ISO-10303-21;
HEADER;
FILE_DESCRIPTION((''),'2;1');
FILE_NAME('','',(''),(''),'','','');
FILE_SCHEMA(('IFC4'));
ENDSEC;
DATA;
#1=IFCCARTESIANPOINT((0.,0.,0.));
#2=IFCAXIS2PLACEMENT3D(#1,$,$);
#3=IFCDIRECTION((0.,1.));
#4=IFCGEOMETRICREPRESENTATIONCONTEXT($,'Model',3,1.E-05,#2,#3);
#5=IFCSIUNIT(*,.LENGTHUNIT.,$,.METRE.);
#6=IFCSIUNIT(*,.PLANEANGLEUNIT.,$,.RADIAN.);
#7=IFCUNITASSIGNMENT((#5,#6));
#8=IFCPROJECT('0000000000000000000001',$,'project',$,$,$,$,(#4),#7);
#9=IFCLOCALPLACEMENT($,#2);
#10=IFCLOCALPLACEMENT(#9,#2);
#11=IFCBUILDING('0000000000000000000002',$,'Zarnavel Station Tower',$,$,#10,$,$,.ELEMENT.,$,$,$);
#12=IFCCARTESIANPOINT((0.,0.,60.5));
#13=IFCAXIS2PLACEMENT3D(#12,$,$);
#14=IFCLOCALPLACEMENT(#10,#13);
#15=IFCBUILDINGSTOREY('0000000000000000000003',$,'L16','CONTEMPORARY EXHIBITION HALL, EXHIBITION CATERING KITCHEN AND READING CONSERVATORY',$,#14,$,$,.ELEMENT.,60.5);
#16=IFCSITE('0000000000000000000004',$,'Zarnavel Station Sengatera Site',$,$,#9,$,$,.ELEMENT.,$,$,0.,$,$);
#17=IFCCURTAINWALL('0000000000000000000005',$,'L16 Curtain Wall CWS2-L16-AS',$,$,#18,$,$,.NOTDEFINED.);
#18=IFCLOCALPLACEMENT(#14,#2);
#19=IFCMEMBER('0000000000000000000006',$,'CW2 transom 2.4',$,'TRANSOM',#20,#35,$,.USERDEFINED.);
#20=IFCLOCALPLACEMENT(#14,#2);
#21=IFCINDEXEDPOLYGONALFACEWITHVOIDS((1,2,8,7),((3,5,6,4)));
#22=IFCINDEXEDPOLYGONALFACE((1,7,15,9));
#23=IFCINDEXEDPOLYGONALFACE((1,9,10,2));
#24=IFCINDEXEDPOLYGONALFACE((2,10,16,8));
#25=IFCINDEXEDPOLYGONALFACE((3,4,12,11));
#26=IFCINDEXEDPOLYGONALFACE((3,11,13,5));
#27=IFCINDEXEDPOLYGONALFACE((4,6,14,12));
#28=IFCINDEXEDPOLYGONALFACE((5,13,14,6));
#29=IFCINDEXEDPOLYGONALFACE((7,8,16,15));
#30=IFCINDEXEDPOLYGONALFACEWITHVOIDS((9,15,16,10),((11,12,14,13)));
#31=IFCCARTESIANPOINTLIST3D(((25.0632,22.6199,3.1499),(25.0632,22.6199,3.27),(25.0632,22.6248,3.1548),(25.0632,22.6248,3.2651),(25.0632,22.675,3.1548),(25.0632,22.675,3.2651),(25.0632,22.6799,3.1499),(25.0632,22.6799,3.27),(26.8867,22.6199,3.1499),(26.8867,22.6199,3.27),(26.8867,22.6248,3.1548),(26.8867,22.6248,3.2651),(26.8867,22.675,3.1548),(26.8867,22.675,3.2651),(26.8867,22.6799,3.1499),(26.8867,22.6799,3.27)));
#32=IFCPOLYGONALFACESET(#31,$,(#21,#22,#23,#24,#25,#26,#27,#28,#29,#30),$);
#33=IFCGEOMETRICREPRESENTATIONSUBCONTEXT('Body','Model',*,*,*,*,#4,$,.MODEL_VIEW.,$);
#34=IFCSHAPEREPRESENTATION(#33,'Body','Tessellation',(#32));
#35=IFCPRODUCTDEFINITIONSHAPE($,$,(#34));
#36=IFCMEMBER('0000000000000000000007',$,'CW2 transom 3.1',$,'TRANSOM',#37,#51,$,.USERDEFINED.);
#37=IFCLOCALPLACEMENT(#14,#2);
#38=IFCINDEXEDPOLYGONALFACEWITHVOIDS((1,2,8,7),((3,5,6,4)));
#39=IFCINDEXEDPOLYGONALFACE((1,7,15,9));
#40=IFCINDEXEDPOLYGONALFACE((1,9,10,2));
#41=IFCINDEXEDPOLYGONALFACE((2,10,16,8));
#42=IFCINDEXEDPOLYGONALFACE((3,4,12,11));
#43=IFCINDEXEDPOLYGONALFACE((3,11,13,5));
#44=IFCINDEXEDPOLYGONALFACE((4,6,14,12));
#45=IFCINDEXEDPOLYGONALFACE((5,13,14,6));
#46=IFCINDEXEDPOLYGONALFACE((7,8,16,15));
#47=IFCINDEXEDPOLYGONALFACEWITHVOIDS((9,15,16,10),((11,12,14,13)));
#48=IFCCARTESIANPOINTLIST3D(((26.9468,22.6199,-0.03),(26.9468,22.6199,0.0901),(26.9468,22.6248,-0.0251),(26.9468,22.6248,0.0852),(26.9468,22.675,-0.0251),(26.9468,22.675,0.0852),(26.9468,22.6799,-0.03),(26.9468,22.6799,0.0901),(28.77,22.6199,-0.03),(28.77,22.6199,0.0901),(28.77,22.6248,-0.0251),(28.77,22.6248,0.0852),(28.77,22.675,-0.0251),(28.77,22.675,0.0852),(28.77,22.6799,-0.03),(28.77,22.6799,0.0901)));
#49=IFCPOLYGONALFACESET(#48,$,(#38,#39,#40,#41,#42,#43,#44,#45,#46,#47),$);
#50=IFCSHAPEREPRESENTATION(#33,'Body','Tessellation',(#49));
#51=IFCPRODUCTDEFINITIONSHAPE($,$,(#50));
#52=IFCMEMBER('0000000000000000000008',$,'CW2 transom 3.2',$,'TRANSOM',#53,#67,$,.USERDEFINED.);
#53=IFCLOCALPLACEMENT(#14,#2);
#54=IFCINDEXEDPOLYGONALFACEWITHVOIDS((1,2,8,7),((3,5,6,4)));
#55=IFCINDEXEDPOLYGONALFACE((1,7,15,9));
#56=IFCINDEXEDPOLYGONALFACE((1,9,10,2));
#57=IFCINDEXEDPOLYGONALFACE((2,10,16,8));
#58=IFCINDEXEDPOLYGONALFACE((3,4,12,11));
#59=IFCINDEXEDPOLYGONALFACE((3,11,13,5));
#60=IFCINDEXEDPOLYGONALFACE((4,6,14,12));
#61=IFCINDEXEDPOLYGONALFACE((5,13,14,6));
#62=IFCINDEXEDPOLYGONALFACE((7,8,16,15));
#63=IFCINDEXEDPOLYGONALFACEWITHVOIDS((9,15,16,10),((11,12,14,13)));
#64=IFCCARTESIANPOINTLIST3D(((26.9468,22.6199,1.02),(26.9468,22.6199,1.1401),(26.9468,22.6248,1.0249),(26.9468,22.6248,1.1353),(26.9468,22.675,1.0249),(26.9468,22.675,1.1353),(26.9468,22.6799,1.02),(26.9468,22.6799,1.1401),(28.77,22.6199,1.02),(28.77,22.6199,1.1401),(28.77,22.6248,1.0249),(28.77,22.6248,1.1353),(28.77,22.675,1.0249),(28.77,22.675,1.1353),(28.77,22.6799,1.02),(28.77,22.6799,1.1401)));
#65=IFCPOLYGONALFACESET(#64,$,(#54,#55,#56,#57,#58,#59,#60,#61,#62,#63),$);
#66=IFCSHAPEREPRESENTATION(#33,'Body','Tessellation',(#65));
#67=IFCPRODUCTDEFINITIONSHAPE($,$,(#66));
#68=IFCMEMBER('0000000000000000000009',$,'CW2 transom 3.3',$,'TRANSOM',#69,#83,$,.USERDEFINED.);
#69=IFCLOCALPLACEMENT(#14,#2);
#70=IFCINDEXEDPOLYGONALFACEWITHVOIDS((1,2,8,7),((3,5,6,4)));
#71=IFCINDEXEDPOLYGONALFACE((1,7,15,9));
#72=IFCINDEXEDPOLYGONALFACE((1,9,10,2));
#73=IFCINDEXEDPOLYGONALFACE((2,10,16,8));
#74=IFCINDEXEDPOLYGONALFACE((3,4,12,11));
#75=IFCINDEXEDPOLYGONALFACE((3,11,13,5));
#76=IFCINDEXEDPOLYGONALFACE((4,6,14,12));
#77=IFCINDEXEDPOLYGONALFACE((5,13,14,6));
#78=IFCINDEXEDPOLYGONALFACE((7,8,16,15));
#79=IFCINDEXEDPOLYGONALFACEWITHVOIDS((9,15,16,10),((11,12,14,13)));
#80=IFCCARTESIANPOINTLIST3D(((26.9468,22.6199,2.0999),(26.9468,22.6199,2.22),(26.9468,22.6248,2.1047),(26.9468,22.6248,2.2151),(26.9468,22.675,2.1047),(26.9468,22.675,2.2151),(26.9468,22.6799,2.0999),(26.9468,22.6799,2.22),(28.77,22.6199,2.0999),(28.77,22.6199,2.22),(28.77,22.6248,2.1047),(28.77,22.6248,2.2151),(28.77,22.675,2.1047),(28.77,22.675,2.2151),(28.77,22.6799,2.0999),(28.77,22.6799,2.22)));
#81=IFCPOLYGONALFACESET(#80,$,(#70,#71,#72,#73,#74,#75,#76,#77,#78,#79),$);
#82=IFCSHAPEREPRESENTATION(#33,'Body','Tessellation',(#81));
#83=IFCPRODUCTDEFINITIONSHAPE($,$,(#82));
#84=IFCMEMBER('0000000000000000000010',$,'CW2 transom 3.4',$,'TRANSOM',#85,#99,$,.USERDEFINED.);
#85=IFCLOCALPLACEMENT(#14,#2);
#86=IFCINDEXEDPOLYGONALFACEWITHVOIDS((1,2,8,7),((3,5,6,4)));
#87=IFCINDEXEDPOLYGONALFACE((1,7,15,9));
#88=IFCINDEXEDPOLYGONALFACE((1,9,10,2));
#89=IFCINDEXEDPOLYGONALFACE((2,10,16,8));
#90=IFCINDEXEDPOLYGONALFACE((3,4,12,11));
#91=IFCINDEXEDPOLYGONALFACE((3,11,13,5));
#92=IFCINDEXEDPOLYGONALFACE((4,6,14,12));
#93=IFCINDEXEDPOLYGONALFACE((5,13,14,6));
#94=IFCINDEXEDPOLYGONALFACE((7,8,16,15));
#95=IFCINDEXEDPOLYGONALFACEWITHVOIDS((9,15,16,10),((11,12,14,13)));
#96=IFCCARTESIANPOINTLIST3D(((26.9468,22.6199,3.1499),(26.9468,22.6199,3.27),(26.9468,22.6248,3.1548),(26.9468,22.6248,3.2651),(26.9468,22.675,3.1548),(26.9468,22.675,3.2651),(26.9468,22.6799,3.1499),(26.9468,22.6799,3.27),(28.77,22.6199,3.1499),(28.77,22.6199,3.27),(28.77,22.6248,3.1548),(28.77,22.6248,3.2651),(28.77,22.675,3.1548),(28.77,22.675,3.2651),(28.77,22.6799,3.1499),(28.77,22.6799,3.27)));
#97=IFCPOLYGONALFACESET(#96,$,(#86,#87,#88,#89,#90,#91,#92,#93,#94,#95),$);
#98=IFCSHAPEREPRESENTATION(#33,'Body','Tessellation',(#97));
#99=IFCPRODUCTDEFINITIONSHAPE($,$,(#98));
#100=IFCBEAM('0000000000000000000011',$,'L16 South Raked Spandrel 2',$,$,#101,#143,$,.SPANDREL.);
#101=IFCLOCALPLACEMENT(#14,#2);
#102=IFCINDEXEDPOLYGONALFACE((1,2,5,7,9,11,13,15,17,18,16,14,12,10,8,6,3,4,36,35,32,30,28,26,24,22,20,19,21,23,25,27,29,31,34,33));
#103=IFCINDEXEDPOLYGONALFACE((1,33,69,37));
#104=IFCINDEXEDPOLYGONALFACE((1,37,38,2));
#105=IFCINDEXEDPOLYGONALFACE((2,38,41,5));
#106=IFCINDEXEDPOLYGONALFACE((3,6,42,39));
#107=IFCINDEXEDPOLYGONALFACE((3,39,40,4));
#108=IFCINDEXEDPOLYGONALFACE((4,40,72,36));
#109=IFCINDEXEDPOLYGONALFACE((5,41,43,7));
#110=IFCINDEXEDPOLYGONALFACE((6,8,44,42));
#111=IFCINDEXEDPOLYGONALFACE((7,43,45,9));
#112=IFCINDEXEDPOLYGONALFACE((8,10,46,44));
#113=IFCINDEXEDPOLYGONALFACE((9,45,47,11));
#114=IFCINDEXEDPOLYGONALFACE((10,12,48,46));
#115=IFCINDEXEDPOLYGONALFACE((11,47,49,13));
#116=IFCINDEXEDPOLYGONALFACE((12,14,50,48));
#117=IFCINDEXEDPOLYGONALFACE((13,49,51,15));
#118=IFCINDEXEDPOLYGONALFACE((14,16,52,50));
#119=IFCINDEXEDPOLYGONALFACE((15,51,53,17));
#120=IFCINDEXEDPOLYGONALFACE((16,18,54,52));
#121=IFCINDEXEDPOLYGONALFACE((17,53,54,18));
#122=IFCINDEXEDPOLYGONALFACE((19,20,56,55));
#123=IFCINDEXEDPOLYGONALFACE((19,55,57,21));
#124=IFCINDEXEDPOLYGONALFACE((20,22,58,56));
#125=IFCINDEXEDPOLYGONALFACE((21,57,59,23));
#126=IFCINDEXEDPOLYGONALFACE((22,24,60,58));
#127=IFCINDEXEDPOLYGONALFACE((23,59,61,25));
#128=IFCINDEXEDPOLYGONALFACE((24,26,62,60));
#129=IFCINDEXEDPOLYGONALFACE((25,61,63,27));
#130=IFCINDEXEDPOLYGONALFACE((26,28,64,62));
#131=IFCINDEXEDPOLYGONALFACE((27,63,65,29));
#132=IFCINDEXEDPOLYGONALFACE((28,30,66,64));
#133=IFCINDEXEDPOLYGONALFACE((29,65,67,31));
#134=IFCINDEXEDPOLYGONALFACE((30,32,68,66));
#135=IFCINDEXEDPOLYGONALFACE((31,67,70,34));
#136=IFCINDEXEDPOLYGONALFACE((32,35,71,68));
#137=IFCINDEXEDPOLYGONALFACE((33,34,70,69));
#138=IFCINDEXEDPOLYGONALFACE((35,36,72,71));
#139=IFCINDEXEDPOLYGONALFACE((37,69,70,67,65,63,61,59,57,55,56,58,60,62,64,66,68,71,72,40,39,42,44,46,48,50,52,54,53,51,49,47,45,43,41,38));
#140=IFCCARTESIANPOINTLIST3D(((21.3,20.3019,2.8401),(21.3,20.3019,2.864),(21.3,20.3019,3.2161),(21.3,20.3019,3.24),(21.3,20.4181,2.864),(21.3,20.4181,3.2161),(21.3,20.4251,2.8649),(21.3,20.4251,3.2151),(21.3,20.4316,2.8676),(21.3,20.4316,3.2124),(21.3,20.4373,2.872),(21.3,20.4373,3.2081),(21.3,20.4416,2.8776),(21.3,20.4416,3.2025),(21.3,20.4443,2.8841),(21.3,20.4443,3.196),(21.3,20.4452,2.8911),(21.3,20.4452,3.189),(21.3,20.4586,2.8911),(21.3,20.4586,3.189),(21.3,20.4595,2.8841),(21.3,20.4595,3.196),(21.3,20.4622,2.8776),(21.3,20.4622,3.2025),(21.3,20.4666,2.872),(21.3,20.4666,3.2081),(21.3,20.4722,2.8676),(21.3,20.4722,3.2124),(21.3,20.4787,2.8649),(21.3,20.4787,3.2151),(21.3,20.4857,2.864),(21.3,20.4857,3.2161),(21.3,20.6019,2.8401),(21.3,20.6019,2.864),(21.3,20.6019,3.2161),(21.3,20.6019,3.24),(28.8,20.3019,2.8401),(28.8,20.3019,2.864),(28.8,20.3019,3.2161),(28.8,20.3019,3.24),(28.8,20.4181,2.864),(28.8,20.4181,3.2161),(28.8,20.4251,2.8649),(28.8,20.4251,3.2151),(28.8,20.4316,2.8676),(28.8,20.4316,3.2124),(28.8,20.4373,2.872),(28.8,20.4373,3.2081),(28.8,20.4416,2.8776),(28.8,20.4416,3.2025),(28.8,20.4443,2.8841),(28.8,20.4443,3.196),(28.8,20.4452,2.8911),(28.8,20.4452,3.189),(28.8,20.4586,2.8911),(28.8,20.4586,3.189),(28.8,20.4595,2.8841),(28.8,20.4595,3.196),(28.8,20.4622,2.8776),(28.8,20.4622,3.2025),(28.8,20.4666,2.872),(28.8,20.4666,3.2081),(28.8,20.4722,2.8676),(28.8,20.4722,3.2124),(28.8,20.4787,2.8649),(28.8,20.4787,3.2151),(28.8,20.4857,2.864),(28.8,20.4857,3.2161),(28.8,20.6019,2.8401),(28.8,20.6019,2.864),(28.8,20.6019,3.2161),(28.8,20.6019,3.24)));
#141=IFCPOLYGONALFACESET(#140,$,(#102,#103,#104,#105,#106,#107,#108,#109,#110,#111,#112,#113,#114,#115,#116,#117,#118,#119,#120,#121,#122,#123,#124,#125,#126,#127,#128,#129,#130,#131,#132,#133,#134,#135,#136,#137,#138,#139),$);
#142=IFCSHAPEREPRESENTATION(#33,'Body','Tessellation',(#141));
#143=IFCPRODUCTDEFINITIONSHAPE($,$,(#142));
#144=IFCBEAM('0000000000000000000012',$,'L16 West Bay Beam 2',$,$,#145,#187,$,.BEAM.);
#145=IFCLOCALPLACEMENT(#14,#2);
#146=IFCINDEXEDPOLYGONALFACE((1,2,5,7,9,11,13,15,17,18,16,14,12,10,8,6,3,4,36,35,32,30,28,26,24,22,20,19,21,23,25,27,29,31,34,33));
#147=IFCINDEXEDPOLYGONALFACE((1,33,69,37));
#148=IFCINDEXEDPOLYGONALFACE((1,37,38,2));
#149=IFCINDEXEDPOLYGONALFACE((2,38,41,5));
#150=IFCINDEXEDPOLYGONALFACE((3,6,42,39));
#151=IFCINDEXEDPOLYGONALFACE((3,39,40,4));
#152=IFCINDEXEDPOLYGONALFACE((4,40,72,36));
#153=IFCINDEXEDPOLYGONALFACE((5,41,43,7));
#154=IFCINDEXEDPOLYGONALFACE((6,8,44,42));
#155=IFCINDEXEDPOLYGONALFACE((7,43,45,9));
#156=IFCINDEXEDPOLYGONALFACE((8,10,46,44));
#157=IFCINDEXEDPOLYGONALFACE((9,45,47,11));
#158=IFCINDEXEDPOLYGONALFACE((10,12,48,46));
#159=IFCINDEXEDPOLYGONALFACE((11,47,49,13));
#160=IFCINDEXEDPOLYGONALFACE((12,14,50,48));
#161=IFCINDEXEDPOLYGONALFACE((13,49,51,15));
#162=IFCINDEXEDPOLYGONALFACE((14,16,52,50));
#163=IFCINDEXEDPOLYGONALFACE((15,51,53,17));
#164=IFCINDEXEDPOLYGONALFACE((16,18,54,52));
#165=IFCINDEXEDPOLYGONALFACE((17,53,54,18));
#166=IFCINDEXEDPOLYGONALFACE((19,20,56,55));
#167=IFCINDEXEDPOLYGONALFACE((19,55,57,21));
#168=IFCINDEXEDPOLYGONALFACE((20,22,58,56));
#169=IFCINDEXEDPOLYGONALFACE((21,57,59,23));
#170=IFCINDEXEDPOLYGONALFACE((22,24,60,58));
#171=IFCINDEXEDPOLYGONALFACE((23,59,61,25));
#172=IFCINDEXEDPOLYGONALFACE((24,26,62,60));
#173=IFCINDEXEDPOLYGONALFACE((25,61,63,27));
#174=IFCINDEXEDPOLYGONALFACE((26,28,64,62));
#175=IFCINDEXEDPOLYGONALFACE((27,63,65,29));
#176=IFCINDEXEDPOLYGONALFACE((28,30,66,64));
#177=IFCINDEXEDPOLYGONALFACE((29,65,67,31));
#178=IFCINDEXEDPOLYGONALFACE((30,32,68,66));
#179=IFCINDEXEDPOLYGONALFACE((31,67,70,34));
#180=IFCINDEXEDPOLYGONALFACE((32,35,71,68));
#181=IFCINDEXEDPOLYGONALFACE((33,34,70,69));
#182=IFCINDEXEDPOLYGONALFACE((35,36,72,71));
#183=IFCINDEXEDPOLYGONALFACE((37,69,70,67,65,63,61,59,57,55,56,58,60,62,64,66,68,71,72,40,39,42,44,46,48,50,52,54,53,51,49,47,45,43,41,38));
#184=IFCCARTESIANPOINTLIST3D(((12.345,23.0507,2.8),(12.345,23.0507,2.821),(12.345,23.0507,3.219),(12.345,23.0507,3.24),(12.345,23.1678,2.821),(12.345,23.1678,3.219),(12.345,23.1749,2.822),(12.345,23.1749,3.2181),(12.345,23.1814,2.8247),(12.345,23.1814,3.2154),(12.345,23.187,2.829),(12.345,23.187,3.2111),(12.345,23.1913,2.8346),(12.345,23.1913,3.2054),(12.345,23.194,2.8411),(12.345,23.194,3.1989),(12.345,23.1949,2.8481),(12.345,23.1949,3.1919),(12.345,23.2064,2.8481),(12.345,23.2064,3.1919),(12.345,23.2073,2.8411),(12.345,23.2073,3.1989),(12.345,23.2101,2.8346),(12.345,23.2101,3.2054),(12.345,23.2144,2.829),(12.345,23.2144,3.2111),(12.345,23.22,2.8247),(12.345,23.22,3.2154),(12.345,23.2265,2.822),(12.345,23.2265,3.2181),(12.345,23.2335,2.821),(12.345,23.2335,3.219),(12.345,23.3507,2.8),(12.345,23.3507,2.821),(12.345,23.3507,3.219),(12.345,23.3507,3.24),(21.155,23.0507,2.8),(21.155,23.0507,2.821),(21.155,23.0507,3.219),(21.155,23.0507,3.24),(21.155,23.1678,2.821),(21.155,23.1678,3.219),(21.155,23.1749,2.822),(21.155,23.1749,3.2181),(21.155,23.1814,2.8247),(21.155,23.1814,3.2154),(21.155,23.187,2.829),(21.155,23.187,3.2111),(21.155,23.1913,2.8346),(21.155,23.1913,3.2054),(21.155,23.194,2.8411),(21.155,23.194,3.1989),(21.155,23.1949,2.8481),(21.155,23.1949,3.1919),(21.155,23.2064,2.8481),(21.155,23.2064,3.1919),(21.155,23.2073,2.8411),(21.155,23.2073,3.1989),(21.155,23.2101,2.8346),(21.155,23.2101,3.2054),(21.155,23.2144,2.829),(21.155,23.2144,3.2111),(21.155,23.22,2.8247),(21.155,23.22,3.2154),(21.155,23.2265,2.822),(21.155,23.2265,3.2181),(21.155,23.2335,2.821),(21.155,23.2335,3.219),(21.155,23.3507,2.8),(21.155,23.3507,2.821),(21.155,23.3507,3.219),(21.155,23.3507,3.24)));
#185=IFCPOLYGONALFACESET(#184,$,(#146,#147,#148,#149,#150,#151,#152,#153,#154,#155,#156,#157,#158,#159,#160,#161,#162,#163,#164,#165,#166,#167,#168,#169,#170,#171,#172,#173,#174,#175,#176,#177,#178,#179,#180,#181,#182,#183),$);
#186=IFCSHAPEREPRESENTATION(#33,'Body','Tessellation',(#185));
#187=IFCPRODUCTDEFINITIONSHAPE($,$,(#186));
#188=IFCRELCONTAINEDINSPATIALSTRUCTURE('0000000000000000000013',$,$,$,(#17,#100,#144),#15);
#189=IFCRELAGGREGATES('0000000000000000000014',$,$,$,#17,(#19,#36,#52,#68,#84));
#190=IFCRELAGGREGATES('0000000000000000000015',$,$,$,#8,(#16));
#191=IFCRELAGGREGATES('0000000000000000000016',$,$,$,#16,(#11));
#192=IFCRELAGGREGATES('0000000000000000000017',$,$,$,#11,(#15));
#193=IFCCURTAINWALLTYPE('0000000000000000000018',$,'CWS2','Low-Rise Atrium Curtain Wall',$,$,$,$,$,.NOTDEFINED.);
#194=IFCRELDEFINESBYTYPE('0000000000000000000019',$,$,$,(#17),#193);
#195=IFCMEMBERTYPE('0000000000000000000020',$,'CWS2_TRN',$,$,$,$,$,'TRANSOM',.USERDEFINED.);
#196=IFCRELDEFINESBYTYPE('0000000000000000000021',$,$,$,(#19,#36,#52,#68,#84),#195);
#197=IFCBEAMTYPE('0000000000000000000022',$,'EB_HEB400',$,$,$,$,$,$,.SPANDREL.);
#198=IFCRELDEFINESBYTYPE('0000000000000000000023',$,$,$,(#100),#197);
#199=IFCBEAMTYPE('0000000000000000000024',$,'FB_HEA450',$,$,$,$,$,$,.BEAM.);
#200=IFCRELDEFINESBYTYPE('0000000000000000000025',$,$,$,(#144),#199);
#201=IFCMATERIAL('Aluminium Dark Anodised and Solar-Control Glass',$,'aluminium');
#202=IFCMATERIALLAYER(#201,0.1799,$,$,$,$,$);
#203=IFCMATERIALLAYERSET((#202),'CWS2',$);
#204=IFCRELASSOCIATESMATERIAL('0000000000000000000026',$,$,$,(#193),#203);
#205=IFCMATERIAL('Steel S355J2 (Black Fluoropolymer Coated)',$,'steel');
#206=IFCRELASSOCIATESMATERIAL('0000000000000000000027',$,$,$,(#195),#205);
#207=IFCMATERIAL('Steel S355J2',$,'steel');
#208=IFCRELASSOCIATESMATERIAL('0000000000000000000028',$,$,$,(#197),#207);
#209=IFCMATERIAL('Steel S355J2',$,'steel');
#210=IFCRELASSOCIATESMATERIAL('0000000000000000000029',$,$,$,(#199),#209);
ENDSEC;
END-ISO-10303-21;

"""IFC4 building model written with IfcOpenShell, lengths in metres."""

from ifc_helpers import new_model, si_unit, direction, frame, origin, origin_2d, place, context, subcontext, project, spatial, hollow_rectangle, i_section, extrude, material, layer, layer_set, material_profile, profile_set, type_object, element, aggregate, save


model = new_model("IFC4")

# Units and contexts
model_context = context("Model", 3, precision=1e-05, world=origin(), true_north=direction((0.0, 1.0)))
body_context = subcontext(model_context, "Body", "Model", "MODEL_VIEW")
ifc_project = project(units=[si_unit("LENGTHUNIT", "METRE"), si_unit("PLANEANGLEUNIT", "RADIAN")], contexts=[model_context])

# Site, building, storey
site_placement = place(None, origin())
site = spatial("IfcSite", under=ifc_project, at=site_placement, Name="Zarnavel Station Sengatera Site", CompositionType="ELEMENT", RefElevation=0.0)
building_placement = place(site_placement, origin())
building = spatial("IfcBuilding", under=site, at=building_placement, Name="Zarnavel Station Tower", CompositionType="ELEMENT")
storey_placement = place(building_placement, frame((0.0, 0.0, 60.5)))
storey = spatial("IfcBuildingStorey", under=building, at=storey_placement, Name="L16", Description="CONTEMPORARY EXHIBITION HALL, EXHIBITION CATERING KITCHEN AND READING CONSERVATORY", CompositionType="ELEMENT", Elevation=60.5)

# Curtain wall, members
ifc_material_1 = material(Name="Aluminium Dark Anodised and Solar-Control Glass", Category="aluminium")
ifc_layer_1 = layer(ifc_material_1, 0.1799)
ifc_layer_set_1 = layer_set([ifc_layer_1], Name="CWS2")
curtain_wall_type = type_object("IfcCurtainWallType", Name="CWS2", Description="Low-Rise Atrium Curtain Wall", PredefinedType="NOTDEFINED", material=ifc_layer_set_1)
curtain_wall_placement = place(storey_placement, origin())
curtain_wall = element("IfcCurtainWall", 1, at=curtain_wall_placement, inside=storey, type_object=curtain_wall_type, Name="L16 Curtain Wall CWS2-L16-AS", PredefinedType="NOTDEFINED")
ifc_material_2 = material(Name="Steel S355J2 (Black Fluoropolymer Coated)", Category="steel")
ifc_material_profile_1 = material_profile(ifc_material_2, hollow_rectangle(XDim=0.0601, YDim=0.1201, WallThickness=0.0049, at=origin_2d()), Name="RHS120x60x5")
ifc_profile_set_1 = profile_set([ifc_material_profile_1], Name="Steel S355J2 (Black Fluoropolymer Coated)")
member_type_1 = type_object("IfcMemberType", Name="CWS2_TRN", ElementType="TRANSOM", PredefinedType="USERDEFINED", material=ifc_profile_set_1)
member_1_placement = place(storey_placement, frame((25.0632, 22.6499, 3.21), z_axis=(1.0, 0.0, 0.0), x_axis=(0.0, 1.0, 0.0)))
member_1 = element("IfcMember", 2, at=member_1_placement, type_object=member_type_1, Name="CW2 transom 2.4", ObjectType="TRANSOM", PredefinedType="USERDEFINED", context=body_context, shape_type="SweptSolid", body=[
    extrude(hollow_rectangle(XDim=0.0601, YDim=0.1201, WallThickness=0.0049, at=origin_2d()), origin(), (0.0, 0.0, 1.0), 1.8235),
])
member_2_placement = place(storey_placement, frame((26.9468, 22.6499, 0.03), z_axis=(1.0, 0.0, 0.0), x_axis=(0.0, 1.0, 0.0)))
member_2 = element("IfcMember", 3, at=member_2_placement, type_object=member_type_1, Name="CW2 transom 3.1", ObjectType="TRANSOM", PredefinedType="USERDEFINED", context=body_context, shape_type="SweptSolid", body=[
    extrude(hollow_rectangle(XDim=0.0601, YDim=0.1201, WallThickness=0.0049, at=origin_2d()), origin(), (0.0, 0.0, 1.0), 1.8232),
])
member_3_placement = place(storey_placement, frame((26.9468, 22.6499, 1.0801), z_axis=(1.0, 0.0, 0.0), x_axis=(0.0, 1.0, 0.0)))
member_3 = element("IfcMember", 4, at=member_3_placement, type_object=member_type_1, Name="CW2 transom 3.2", ObjectType="TRANSOM", PredefinedType="USERDEFINED", context=body_context, shape_type="SweptSolid", body=[
    extrude(hollow_rectangle(XDim=0.0601, YDim=0.1201, WallThickness=0.0049, at=origin_2d()), origin(), (0.0, 0.0, 1.0), 1.8232),
])
member_4_placement = place(storey_placement, frame((26.9468, 22.6499, 2.1599), z_axis=(1.0, 0.0, 0.0), x_axis=(0.0, 1.0, 0.0)))
member_4 = element("IfcMember", 5, at=member_4_placement, type_object=member_type_1, Name="CW2 transom 3.3", ObjectType="TRANSOM", PredefinedType="USERDEFINED", context=body_context, shape_type="SweptSolid", body=[
    extrude(hollow_rectangle(XDim=0.0601, YDim=0.1201, WallThickness=0.0049, at=origin_2d()), origin(), (0.0, 0.0, 1.0), 1.8232),
])
member_5_placement = place(storey_placement, frame((26.9468, 22.6499, 3.21), z_axis=(1.0, 0.0, 0.0), x_axis=(0.0, 1.0, 0.0)))
member_5 = element("IfcMember", 6, at=member_5_placement, type_object=member_type_1, Name="CW2 transom 3.4", ObjectType="TRANSOM", PredefinedType="USERDEFINED", context=body_context, shape_type="SweptSolid", body=[
    extrude(hollow_rectangle(XDim=0.0601, YDim=0.1201, WallThickness=0.0049, at=origin_2d()), origin(), (0.0, 0.0, 1.0), 1.8232),
])

# Beams
ifc_material_3 = material(Name="Steel S355J2", Category="steel")
ifc_material_profile_2 = material_profile(ifc_material_3, i_section(OverallWidth=0.3, OverallDepth=0.3999, WebThickness=0.0134, FlangeThickness=0.0239, FilletRadius=0.0271, at=origin_2d()), Name="HEB400")
ifc_profile_set_2 = profile_set([ifc_material_profile_2], Name="Steel S355J2")
beam_type_1 = type_object("IfcBeamType", Name="EB_HEB400", PredefinedType="SPANDREL", material=ifc_profile_set_2)
beam_1_placement = place(storey_placement, frame((21.3, 20.4519, 3.04), z_axis=(1.0, 0.0, 0.0), x_axis=(0.0, 1.0, 0.0)))
element("IfcBeam", 7, at=beam_1_placement, inside=storey, type_object=beam_type_1, Name="L16 South Raked Spandrel 2", PredefinedType="SPANDREL", context=body_context, shape_type="SweptSolid", body=[
    extrude(i_section(OverallWidth=0.3, OverallDepth=0.3999, WebThickness=0.0134, FlangeThickness=0.0239, FilletRadius=0.0271, at=origin_2d()), origin(), (0.0, 0.0, 1.0), 7.5),
])
ifc_material_4 = material(Name="Steel S355J2", Category="steel")
ifc_material_profile_3 = material_profile(ifc_material_4, i_section(OverallWidth=0.3, OverallDepth=0.4399, WebThickness=0.0115, FlangeThickness=0.021, FilletRadius=0.0271, at=origin_2d()), Name="HEA450")
ifc_profile_set_3 = profile_set([ifc_material_profile_3], Name="Steel S355J2")
beam_type_2 = type_object("IfcBeamType", Name="FB_HEA450", PredefinedType="BEAM", material=ifc_profile_set_3)
beam_2_placement = place(storey_placement, frame((12.345, 23.2007, 3.02), z_axis=(1.0, 0.0, 0.0), x_axis=(0.0, 1.0, 0.0)))
element("IfcBeam", 8, at=beam_2_placement, inside=storey, type_object=beam_type_2, Name="L16 West Bay Beam 2", PredefinedType="BEAM", context=body_context, shape_type="SweptSolid", body=[
    extrude(i_section(OverallWidth=0.3, OverallDepth=0.4399, WebThickness=0.0115, FlangeThickness=0.021, FilletRadius=0.0271, at=origin_2d()), origin(), (0.0, 0.0, 1.0), 8.8101),
])

aggregate(curtain_wall, [member_1, member_2, member_3, member_4, member_5])

save(model, "model.ifc")
